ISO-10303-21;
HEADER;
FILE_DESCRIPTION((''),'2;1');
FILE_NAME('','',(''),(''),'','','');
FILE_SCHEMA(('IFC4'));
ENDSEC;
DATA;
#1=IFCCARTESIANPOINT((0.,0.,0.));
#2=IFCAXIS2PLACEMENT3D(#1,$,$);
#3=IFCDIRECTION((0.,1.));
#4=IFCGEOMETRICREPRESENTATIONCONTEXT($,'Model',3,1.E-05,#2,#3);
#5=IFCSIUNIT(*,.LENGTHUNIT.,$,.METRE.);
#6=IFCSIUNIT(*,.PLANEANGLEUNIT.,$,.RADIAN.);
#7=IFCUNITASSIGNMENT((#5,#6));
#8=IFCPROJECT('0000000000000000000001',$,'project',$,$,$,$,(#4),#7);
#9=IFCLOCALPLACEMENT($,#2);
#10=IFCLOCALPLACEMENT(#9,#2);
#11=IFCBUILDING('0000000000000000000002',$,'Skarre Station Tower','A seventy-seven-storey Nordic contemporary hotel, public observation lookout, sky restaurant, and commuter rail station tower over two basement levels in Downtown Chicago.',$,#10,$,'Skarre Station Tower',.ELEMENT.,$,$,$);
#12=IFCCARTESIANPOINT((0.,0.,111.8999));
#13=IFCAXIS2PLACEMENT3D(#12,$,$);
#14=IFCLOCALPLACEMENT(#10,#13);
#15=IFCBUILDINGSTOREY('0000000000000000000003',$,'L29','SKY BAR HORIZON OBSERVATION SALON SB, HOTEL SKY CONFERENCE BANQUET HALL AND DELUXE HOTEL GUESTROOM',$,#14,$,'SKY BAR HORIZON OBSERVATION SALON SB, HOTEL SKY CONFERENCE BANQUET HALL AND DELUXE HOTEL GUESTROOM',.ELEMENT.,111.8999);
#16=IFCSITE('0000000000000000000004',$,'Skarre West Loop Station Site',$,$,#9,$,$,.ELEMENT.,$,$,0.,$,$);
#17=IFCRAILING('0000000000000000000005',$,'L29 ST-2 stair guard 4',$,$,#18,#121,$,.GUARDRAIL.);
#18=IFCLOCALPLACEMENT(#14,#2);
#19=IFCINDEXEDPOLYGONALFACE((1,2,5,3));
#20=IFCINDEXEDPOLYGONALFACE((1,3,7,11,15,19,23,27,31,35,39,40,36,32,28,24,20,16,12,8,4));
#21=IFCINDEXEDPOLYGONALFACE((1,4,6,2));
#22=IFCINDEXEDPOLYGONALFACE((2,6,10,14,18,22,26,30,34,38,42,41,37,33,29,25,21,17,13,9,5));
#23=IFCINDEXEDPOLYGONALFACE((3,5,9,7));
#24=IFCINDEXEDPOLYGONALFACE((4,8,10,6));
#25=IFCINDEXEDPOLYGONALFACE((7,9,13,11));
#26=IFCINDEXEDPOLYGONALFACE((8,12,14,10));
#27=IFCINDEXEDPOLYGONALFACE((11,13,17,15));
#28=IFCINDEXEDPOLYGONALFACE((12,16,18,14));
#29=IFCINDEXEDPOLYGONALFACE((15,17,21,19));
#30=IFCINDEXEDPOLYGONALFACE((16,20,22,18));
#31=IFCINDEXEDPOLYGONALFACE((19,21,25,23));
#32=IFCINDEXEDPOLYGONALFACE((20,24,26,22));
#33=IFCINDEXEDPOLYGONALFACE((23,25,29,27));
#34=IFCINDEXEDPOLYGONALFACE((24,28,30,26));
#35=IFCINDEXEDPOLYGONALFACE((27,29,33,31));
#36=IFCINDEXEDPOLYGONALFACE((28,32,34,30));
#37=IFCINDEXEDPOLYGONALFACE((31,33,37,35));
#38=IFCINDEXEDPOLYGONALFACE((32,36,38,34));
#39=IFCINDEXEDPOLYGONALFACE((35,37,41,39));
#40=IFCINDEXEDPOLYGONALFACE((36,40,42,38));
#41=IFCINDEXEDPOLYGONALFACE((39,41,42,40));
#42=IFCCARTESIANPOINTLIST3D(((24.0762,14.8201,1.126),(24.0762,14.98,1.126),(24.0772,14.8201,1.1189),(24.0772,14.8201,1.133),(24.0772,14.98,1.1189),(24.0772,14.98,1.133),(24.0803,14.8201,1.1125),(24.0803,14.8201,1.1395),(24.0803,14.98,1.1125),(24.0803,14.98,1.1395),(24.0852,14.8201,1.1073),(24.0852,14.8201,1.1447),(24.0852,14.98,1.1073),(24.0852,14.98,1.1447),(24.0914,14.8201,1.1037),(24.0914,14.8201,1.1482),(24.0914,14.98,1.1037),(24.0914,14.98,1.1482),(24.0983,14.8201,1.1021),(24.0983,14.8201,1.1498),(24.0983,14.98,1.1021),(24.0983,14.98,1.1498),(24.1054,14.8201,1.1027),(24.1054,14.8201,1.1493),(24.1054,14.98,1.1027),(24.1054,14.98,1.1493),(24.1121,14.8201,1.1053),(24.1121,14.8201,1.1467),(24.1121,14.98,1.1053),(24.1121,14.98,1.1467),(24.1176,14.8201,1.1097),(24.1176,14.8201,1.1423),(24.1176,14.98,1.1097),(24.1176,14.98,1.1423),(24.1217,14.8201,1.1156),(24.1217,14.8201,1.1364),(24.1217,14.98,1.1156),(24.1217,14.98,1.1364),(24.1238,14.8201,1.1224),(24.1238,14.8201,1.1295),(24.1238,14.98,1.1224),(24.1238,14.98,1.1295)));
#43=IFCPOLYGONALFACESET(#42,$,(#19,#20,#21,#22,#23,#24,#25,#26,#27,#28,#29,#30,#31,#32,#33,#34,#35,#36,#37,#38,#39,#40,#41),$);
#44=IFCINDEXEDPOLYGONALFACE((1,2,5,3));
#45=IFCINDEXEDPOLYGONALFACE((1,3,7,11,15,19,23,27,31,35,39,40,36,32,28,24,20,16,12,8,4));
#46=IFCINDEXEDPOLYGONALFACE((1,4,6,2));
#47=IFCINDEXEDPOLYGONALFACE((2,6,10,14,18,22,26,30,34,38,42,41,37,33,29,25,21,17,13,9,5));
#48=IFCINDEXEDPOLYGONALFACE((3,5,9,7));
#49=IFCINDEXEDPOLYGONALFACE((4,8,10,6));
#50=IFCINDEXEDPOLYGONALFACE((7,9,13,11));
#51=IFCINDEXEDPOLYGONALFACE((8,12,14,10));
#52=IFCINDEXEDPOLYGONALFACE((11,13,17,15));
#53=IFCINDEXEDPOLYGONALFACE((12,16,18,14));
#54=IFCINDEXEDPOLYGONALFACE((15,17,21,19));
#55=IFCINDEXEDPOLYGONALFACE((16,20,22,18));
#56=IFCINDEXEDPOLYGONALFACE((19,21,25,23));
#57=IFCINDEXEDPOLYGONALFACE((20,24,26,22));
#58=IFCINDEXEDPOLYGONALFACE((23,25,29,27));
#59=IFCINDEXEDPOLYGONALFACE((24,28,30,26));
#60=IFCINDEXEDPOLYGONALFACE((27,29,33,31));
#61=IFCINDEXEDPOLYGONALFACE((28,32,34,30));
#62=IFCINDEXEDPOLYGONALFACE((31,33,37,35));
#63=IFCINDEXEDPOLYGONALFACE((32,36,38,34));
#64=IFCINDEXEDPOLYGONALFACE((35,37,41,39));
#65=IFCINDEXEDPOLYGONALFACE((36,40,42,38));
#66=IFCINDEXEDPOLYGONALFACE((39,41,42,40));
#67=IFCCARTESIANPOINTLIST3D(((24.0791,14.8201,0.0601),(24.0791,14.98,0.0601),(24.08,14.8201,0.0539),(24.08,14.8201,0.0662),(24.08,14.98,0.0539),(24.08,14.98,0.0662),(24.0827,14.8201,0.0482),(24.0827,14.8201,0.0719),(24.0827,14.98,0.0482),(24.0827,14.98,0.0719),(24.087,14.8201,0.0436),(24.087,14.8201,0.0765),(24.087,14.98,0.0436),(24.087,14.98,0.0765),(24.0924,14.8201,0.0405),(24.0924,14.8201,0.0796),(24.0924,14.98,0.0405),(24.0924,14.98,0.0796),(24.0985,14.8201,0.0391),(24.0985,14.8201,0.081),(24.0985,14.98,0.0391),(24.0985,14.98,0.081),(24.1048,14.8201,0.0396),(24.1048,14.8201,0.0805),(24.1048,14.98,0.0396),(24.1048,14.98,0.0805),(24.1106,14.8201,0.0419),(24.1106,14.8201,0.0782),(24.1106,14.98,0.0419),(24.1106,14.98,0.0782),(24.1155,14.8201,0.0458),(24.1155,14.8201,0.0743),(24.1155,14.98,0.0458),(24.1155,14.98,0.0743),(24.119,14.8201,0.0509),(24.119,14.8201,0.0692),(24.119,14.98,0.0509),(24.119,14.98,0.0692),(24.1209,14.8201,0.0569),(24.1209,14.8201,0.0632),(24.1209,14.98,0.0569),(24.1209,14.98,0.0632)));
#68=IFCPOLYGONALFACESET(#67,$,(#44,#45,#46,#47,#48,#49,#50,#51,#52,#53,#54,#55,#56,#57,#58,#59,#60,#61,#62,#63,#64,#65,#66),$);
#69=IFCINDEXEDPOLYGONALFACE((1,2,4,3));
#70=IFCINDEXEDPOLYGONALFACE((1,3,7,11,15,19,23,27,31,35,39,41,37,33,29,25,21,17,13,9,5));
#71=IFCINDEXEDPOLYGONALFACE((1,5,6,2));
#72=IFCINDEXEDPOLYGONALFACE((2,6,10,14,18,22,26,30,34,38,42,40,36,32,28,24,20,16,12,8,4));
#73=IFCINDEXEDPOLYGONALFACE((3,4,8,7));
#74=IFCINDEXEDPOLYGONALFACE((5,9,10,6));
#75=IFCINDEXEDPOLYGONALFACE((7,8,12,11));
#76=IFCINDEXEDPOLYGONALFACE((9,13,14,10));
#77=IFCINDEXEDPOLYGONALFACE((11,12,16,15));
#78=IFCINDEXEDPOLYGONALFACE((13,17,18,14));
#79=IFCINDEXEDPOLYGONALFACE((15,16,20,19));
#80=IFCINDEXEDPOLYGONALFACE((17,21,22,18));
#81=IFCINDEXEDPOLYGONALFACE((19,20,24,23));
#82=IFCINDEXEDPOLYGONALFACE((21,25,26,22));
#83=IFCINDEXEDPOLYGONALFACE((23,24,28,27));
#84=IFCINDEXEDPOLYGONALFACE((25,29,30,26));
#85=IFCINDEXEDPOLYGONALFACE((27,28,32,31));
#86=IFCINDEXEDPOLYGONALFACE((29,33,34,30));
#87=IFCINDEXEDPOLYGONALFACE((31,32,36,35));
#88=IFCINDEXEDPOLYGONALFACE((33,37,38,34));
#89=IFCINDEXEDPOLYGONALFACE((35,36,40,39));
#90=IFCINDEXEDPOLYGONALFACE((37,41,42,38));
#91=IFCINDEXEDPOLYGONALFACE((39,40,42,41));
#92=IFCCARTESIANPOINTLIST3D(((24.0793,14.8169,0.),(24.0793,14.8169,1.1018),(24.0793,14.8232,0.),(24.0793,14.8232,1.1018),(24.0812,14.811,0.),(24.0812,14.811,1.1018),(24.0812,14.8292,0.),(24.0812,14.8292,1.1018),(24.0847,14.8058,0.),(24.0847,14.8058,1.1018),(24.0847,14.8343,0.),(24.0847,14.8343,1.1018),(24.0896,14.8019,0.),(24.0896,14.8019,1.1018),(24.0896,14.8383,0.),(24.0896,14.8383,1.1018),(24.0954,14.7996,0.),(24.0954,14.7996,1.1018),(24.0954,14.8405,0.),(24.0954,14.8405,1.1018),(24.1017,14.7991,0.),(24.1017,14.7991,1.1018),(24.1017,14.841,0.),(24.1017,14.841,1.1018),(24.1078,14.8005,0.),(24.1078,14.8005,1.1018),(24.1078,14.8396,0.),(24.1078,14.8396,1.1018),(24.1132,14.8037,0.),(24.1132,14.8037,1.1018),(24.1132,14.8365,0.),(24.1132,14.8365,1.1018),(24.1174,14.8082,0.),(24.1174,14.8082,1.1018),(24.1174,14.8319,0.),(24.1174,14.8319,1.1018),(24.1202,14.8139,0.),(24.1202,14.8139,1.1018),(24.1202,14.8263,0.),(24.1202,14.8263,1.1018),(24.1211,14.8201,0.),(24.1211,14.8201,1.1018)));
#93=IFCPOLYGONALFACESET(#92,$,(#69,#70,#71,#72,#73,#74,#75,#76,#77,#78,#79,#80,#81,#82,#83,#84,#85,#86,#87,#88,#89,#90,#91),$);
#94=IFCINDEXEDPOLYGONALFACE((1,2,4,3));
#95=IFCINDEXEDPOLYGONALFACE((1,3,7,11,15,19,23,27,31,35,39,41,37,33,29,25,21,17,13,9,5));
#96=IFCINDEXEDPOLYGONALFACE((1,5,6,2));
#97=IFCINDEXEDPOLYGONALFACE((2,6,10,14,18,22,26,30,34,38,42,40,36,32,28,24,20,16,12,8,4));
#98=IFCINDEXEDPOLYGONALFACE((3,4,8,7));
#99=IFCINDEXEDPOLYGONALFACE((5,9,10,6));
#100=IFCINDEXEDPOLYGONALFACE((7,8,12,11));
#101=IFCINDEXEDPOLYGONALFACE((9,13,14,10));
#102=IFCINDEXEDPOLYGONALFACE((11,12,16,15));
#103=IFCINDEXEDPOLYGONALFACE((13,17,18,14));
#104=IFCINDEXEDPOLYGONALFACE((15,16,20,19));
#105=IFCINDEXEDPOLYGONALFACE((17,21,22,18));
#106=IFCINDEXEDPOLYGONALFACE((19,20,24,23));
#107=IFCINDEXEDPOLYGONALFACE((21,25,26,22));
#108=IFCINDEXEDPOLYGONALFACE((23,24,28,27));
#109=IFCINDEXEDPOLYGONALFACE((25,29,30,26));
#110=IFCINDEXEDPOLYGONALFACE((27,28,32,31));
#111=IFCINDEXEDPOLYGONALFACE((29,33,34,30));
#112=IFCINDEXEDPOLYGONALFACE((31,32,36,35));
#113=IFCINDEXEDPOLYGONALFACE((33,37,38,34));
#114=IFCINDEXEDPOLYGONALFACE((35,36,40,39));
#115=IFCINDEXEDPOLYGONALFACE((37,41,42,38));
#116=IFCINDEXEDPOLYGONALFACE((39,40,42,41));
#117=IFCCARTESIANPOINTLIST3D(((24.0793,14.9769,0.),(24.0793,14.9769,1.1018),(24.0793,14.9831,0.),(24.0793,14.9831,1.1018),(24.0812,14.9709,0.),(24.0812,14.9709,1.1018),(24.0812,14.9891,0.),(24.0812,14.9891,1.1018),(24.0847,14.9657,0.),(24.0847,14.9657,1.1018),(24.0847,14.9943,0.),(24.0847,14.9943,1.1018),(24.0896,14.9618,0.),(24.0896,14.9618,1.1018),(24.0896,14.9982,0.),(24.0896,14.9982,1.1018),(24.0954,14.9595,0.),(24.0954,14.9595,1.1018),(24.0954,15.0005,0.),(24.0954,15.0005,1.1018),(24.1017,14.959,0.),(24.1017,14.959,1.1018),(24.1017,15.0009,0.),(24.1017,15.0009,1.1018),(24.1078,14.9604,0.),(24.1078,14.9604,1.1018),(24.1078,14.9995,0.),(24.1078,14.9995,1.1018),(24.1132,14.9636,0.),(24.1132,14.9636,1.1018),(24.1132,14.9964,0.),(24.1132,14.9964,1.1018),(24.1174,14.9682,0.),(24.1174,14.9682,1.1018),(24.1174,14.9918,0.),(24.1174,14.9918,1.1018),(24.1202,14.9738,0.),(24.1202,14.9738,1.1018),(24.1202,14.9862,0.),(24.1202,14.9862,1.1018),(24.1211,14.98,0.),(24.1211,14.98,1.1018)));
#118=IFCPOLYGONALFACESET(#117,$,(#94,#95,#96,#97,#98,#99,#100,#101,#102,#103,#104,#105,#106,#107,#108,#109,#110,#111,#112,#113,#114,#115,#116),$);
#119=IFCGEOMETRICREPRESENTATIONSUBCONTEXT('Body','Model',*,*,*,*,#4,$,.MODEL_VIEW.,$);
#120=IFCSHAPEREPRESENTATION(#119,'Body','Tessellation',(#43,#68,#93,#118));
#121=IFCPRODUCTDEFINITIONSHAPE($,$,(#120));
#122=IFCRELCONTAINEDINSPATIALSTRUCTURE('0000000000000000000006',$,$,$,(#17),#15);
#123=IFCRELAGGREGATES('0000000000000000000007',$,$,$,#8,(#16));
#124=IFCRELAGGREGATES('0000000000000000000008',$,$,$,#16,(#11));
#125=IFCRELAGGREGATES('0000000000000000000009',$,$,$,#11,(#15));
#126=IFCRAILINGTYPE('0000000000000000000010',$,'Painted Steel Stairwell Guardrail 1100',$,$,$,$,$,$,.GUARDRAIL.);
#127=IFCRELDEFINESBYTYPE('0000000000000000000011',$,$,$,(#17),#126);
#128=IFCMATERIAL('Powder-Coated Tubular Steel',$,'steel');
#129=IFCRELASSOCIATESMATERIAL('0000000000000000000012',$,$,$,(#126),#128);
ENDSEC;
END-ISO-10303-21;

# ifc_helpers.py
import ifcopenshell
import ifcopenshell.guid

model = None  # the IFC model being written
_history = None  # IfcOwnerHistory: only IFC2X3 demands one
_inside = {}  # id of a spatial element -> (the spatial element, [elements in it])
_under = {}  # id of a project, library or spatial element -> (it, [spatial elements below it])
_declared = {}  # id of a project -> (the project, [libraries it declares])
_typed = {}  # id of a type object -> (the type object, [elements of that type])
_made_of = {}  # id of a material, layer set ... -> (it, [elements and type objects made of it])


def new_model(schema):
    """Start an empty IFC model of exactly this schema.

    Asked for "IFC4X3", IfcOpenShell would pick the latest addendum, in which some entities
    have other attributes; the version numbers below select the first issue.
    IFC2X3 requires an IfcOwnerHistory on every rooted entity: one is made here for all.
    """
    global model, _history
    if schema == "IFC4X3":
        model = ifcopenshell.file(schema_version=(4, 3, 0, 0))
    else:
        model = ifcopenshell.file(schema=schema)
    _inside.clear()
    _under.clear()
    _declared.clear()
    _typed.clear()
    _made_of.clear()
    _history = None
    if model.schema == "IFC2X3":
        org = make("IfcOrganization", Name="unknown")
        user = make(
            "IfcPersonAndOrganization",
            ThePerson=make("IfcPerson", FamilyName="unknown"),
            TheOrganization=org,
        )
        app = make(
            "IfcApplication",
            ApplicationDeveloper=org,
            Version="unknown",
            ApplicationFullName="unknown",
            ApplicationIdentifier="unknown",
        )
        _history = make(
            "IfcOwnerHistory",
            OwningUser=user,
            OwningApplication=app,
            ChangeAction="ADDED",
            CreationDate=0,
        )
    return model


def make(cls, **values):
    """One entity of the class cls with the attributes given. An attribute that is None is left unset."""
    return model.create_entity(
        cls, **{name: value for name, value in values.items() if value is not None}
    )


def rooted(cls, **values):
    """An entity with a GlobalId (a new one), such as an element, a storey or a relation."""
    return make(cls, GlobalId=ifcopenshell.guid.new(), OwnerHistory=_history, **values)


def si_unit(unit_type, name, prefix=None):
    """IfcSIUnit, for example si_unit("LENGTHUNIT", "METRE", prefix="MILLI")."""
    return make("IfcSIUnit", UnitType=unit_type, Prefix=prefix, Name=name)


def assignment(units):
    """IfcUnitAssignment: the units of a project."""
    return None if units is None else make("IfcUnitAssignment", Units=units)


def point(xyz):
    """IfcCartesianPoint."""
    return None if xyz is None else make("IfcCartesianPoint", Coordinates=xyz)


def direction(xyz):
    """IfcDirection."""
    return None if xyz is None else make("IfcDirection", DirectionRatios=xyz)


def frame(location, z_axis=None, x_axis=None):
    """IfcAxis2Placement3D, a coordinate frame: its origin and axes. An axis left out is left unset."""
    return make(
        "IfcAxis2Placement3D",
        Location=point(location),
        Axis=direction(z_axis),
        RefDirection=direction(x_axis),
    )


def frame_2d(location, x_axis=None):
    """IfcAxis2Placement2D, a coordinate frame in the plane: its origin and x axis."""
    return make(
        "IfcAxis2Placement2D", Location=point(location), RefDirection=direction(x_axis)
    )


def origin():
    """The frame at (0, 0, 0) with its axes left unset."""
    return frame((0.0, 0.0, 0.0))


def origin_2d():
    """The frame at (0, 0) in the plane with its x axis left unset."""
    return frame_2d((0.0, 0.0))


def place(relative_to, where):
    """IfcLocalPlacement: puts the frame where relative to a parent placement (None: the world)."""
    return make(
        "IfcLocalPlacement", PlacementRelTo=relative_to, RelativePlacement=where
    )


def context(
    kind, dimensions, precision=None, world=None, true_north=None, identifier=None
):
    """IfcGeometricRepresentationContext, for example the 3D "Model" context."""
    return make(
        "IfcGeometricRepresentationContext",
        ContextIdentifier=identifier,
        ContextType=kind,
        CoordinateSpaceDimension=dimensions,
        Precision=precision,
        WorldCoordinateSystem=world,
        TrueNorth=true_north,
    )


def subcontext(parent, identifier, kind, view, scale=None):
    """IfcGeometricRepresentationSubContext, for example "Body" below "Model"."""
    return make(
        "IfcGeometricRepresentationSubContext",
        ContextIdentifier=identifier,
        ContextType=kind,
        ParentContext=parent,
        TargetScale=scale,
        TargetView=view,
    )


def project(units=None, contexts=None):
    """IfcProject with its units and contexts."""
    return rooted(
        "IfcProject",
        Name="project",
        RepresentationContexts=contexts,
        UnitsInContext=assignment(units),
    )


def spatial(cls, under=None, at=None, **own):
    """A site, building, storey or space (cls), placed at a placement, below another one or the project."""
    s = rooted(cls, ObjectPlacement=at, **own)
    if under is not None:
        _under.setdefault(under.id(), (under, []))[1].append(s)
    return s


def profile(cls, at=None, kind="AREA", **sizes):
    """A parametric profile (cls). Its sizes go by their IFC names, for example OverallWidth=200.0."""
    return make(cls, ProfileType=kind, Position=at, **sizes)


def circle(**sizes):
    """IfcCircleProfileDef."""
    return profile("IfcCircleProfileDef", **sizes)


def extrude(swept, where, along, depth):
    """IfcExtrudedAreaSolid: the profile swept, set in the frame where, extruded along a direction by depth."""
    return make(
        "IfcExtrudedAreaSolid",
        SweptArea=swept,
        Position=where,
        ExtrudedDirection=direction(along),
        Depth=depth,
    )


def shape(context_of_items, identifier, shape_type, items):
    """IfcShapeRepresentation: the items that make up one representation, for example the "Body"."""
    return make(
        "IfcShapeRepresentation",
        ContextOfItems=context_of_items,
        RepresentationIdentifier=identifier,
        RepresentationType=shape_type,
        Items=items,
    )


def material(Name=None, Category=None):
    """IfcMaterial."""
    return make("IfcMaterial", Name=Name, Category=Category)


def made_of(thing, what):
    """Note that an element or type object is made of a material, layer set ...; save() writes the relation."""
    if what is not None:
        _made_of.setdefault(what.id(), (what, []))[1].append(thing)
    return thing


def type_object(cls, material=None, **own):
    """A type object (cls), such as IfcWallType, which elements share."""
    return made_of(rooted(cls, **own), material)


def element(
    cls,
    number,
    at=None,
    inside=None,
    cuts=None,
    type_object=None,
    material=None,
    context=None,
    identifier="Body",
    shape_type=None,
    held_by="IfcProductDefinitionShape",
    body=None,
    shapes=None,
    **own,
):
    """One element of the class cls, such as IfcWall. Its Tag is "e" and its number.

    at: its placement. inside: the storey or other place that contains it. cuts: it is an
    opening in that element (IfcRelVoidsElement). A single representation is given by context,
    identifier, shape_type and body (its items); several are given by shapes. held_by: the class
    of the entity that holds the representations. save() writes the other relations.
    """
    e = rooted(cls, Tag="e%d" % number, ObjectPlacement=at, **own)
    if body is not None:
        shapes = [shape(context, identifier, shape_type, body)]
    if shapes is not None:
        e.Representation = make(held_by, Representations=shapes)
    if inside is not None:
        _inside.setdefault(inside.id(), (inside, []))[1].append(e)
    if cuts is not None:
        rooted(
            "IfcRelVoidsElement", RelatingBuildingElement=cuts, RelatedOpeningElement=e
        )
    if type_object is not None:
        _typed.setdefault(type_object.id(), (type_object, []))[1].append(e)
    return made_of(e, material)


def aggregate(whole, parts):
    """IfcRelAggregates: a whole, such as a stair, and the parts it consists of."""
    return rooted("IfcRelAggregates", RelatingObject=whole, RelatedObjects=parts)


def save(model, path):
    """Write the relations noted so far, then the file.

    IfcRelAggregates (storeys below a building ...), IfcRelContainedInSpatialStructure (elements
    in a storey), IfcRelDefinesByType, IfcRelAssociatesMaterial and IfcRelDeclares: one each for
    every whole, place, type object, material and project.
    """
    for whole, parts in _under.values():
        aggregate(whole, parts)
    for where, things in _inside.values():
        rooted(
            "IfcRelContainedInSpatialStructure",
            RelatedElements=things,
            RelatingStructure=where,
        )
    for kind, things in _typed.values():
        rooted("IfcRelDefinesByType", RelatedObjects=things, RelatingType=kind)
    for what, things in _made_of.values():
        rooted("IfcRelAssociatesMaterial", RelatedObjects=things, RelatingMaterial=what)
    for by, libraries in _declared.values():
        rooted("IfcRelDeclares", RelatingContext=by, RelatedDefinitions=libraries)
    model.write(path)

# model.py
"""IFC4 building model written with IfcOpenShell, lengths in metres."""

from ifc_helpers import new_model, si_unit, direction, frame, origin, origin_2d, place, context, subcontext, project, spatial, circle, extrude, material, type_object, element, save


model = new_model("IFC4")

# Units and contexts
model_context = context("Model", 3, precision=1e-05, world=origin(), true_north=direction((0.0, 1.0)))
body_context = subcontext(model_context, "Body", "Model", "MODEL_VIEW")
ifc_project = project(units=[si_unit("LENGTHUNIT", "METRE"), si_unit("PLANEANGLEUNIT", "RADIAN")], contexts=[model_context])

# Site, building, storey
site_placement = place(None, origin())
site = spatial("IfcSite", under=ifc_project, at=site_placement, Name="Skarre West Loop Station Site", CompositionType="ELEMENT", RefElevation=0.0)
building_placement = place(site_placement, origin())
building = spatial("IfcBuilding", under=site, at=building_placement, Name="Skarre Station Tower", Description="A seventy-seven-storey Nordic contemporary hotel, public observation lookout, sky restaurant, and commuter rail station tower over two basement levels in Downtown Chicago.", LongName="Skarre Station Tower", CompositionType="ELEMENT")
storey_placement = place(building_placement, frame((0.0, 0.0, 111.8999)))
storey = spatial("IfcBuildingStorey", under=building, at=storey_placement, Name="L29", Description="SKY BAR HORIZON OBSERVATION SALON SB, HOTEL SKY CONFERENCE BANQUET HALL AND DELUXE HOTEL GUESTROOM", LongName="SKY BAR HORIZON OBSERVATION SALON SB, HOTEL SKY CONFERENCE BANQUET HALL AND DELUXE HOTEL GUESTROOM", CompositionType="ELEMENT", Elevation=111.8999)

# Railing
ifc_material_1 = material(Name="Powder-Coated Tubular Steel", Category="steel")
railing_type_1 = type_object("IfcRailingType", Name="Painted Steel Stairwell Guardrail 1100", PredefinedType="GUARDRAIL", material=ifc_material_1)
railing_1_placement = place(storey_placement, frame((24.1001, 14.8201, 0.0)))
element("IfcRailing", 1, at=railing_1_placement, inside=storey, type_object=railing_type_1, Name="L29 ST-2 stair guard 4", PredefinedType="GUARDRAIL", context=body_context, shape_type="SweptSolid", body=[
    extrude(circle(Radius=0.0239, at=origin_2d()), frame((0.0, 0.0, 1.126), z_axis=(0.0, 1.0, 0.0), x_axis=(-1.0, 0.0, 0.0)), (0.0, 0.0, 1.0), 0.1599),
    extrude(circle(Radius=0.021, at=origin_2d()), frame((0.0, 0.0, 0.0601), z_axis=(0.0, 1.0, 0.0), x_axis=(-1.0, 0.0, 0.0)), (0.0, 0.0, 1.0), 0.1599),
    extrude(circle(Radius=0.021, at=origin_2d()), origin(), (0.0, 0.0, 1.0), 1.1018),
    extrude(circle(Radius=0.021, at=origin_2d()), frame((0.0, 0.1599, 0.0)), (0.0, 0.0, 1.0), 1.1018),
])

save(model, "model.ifc")
